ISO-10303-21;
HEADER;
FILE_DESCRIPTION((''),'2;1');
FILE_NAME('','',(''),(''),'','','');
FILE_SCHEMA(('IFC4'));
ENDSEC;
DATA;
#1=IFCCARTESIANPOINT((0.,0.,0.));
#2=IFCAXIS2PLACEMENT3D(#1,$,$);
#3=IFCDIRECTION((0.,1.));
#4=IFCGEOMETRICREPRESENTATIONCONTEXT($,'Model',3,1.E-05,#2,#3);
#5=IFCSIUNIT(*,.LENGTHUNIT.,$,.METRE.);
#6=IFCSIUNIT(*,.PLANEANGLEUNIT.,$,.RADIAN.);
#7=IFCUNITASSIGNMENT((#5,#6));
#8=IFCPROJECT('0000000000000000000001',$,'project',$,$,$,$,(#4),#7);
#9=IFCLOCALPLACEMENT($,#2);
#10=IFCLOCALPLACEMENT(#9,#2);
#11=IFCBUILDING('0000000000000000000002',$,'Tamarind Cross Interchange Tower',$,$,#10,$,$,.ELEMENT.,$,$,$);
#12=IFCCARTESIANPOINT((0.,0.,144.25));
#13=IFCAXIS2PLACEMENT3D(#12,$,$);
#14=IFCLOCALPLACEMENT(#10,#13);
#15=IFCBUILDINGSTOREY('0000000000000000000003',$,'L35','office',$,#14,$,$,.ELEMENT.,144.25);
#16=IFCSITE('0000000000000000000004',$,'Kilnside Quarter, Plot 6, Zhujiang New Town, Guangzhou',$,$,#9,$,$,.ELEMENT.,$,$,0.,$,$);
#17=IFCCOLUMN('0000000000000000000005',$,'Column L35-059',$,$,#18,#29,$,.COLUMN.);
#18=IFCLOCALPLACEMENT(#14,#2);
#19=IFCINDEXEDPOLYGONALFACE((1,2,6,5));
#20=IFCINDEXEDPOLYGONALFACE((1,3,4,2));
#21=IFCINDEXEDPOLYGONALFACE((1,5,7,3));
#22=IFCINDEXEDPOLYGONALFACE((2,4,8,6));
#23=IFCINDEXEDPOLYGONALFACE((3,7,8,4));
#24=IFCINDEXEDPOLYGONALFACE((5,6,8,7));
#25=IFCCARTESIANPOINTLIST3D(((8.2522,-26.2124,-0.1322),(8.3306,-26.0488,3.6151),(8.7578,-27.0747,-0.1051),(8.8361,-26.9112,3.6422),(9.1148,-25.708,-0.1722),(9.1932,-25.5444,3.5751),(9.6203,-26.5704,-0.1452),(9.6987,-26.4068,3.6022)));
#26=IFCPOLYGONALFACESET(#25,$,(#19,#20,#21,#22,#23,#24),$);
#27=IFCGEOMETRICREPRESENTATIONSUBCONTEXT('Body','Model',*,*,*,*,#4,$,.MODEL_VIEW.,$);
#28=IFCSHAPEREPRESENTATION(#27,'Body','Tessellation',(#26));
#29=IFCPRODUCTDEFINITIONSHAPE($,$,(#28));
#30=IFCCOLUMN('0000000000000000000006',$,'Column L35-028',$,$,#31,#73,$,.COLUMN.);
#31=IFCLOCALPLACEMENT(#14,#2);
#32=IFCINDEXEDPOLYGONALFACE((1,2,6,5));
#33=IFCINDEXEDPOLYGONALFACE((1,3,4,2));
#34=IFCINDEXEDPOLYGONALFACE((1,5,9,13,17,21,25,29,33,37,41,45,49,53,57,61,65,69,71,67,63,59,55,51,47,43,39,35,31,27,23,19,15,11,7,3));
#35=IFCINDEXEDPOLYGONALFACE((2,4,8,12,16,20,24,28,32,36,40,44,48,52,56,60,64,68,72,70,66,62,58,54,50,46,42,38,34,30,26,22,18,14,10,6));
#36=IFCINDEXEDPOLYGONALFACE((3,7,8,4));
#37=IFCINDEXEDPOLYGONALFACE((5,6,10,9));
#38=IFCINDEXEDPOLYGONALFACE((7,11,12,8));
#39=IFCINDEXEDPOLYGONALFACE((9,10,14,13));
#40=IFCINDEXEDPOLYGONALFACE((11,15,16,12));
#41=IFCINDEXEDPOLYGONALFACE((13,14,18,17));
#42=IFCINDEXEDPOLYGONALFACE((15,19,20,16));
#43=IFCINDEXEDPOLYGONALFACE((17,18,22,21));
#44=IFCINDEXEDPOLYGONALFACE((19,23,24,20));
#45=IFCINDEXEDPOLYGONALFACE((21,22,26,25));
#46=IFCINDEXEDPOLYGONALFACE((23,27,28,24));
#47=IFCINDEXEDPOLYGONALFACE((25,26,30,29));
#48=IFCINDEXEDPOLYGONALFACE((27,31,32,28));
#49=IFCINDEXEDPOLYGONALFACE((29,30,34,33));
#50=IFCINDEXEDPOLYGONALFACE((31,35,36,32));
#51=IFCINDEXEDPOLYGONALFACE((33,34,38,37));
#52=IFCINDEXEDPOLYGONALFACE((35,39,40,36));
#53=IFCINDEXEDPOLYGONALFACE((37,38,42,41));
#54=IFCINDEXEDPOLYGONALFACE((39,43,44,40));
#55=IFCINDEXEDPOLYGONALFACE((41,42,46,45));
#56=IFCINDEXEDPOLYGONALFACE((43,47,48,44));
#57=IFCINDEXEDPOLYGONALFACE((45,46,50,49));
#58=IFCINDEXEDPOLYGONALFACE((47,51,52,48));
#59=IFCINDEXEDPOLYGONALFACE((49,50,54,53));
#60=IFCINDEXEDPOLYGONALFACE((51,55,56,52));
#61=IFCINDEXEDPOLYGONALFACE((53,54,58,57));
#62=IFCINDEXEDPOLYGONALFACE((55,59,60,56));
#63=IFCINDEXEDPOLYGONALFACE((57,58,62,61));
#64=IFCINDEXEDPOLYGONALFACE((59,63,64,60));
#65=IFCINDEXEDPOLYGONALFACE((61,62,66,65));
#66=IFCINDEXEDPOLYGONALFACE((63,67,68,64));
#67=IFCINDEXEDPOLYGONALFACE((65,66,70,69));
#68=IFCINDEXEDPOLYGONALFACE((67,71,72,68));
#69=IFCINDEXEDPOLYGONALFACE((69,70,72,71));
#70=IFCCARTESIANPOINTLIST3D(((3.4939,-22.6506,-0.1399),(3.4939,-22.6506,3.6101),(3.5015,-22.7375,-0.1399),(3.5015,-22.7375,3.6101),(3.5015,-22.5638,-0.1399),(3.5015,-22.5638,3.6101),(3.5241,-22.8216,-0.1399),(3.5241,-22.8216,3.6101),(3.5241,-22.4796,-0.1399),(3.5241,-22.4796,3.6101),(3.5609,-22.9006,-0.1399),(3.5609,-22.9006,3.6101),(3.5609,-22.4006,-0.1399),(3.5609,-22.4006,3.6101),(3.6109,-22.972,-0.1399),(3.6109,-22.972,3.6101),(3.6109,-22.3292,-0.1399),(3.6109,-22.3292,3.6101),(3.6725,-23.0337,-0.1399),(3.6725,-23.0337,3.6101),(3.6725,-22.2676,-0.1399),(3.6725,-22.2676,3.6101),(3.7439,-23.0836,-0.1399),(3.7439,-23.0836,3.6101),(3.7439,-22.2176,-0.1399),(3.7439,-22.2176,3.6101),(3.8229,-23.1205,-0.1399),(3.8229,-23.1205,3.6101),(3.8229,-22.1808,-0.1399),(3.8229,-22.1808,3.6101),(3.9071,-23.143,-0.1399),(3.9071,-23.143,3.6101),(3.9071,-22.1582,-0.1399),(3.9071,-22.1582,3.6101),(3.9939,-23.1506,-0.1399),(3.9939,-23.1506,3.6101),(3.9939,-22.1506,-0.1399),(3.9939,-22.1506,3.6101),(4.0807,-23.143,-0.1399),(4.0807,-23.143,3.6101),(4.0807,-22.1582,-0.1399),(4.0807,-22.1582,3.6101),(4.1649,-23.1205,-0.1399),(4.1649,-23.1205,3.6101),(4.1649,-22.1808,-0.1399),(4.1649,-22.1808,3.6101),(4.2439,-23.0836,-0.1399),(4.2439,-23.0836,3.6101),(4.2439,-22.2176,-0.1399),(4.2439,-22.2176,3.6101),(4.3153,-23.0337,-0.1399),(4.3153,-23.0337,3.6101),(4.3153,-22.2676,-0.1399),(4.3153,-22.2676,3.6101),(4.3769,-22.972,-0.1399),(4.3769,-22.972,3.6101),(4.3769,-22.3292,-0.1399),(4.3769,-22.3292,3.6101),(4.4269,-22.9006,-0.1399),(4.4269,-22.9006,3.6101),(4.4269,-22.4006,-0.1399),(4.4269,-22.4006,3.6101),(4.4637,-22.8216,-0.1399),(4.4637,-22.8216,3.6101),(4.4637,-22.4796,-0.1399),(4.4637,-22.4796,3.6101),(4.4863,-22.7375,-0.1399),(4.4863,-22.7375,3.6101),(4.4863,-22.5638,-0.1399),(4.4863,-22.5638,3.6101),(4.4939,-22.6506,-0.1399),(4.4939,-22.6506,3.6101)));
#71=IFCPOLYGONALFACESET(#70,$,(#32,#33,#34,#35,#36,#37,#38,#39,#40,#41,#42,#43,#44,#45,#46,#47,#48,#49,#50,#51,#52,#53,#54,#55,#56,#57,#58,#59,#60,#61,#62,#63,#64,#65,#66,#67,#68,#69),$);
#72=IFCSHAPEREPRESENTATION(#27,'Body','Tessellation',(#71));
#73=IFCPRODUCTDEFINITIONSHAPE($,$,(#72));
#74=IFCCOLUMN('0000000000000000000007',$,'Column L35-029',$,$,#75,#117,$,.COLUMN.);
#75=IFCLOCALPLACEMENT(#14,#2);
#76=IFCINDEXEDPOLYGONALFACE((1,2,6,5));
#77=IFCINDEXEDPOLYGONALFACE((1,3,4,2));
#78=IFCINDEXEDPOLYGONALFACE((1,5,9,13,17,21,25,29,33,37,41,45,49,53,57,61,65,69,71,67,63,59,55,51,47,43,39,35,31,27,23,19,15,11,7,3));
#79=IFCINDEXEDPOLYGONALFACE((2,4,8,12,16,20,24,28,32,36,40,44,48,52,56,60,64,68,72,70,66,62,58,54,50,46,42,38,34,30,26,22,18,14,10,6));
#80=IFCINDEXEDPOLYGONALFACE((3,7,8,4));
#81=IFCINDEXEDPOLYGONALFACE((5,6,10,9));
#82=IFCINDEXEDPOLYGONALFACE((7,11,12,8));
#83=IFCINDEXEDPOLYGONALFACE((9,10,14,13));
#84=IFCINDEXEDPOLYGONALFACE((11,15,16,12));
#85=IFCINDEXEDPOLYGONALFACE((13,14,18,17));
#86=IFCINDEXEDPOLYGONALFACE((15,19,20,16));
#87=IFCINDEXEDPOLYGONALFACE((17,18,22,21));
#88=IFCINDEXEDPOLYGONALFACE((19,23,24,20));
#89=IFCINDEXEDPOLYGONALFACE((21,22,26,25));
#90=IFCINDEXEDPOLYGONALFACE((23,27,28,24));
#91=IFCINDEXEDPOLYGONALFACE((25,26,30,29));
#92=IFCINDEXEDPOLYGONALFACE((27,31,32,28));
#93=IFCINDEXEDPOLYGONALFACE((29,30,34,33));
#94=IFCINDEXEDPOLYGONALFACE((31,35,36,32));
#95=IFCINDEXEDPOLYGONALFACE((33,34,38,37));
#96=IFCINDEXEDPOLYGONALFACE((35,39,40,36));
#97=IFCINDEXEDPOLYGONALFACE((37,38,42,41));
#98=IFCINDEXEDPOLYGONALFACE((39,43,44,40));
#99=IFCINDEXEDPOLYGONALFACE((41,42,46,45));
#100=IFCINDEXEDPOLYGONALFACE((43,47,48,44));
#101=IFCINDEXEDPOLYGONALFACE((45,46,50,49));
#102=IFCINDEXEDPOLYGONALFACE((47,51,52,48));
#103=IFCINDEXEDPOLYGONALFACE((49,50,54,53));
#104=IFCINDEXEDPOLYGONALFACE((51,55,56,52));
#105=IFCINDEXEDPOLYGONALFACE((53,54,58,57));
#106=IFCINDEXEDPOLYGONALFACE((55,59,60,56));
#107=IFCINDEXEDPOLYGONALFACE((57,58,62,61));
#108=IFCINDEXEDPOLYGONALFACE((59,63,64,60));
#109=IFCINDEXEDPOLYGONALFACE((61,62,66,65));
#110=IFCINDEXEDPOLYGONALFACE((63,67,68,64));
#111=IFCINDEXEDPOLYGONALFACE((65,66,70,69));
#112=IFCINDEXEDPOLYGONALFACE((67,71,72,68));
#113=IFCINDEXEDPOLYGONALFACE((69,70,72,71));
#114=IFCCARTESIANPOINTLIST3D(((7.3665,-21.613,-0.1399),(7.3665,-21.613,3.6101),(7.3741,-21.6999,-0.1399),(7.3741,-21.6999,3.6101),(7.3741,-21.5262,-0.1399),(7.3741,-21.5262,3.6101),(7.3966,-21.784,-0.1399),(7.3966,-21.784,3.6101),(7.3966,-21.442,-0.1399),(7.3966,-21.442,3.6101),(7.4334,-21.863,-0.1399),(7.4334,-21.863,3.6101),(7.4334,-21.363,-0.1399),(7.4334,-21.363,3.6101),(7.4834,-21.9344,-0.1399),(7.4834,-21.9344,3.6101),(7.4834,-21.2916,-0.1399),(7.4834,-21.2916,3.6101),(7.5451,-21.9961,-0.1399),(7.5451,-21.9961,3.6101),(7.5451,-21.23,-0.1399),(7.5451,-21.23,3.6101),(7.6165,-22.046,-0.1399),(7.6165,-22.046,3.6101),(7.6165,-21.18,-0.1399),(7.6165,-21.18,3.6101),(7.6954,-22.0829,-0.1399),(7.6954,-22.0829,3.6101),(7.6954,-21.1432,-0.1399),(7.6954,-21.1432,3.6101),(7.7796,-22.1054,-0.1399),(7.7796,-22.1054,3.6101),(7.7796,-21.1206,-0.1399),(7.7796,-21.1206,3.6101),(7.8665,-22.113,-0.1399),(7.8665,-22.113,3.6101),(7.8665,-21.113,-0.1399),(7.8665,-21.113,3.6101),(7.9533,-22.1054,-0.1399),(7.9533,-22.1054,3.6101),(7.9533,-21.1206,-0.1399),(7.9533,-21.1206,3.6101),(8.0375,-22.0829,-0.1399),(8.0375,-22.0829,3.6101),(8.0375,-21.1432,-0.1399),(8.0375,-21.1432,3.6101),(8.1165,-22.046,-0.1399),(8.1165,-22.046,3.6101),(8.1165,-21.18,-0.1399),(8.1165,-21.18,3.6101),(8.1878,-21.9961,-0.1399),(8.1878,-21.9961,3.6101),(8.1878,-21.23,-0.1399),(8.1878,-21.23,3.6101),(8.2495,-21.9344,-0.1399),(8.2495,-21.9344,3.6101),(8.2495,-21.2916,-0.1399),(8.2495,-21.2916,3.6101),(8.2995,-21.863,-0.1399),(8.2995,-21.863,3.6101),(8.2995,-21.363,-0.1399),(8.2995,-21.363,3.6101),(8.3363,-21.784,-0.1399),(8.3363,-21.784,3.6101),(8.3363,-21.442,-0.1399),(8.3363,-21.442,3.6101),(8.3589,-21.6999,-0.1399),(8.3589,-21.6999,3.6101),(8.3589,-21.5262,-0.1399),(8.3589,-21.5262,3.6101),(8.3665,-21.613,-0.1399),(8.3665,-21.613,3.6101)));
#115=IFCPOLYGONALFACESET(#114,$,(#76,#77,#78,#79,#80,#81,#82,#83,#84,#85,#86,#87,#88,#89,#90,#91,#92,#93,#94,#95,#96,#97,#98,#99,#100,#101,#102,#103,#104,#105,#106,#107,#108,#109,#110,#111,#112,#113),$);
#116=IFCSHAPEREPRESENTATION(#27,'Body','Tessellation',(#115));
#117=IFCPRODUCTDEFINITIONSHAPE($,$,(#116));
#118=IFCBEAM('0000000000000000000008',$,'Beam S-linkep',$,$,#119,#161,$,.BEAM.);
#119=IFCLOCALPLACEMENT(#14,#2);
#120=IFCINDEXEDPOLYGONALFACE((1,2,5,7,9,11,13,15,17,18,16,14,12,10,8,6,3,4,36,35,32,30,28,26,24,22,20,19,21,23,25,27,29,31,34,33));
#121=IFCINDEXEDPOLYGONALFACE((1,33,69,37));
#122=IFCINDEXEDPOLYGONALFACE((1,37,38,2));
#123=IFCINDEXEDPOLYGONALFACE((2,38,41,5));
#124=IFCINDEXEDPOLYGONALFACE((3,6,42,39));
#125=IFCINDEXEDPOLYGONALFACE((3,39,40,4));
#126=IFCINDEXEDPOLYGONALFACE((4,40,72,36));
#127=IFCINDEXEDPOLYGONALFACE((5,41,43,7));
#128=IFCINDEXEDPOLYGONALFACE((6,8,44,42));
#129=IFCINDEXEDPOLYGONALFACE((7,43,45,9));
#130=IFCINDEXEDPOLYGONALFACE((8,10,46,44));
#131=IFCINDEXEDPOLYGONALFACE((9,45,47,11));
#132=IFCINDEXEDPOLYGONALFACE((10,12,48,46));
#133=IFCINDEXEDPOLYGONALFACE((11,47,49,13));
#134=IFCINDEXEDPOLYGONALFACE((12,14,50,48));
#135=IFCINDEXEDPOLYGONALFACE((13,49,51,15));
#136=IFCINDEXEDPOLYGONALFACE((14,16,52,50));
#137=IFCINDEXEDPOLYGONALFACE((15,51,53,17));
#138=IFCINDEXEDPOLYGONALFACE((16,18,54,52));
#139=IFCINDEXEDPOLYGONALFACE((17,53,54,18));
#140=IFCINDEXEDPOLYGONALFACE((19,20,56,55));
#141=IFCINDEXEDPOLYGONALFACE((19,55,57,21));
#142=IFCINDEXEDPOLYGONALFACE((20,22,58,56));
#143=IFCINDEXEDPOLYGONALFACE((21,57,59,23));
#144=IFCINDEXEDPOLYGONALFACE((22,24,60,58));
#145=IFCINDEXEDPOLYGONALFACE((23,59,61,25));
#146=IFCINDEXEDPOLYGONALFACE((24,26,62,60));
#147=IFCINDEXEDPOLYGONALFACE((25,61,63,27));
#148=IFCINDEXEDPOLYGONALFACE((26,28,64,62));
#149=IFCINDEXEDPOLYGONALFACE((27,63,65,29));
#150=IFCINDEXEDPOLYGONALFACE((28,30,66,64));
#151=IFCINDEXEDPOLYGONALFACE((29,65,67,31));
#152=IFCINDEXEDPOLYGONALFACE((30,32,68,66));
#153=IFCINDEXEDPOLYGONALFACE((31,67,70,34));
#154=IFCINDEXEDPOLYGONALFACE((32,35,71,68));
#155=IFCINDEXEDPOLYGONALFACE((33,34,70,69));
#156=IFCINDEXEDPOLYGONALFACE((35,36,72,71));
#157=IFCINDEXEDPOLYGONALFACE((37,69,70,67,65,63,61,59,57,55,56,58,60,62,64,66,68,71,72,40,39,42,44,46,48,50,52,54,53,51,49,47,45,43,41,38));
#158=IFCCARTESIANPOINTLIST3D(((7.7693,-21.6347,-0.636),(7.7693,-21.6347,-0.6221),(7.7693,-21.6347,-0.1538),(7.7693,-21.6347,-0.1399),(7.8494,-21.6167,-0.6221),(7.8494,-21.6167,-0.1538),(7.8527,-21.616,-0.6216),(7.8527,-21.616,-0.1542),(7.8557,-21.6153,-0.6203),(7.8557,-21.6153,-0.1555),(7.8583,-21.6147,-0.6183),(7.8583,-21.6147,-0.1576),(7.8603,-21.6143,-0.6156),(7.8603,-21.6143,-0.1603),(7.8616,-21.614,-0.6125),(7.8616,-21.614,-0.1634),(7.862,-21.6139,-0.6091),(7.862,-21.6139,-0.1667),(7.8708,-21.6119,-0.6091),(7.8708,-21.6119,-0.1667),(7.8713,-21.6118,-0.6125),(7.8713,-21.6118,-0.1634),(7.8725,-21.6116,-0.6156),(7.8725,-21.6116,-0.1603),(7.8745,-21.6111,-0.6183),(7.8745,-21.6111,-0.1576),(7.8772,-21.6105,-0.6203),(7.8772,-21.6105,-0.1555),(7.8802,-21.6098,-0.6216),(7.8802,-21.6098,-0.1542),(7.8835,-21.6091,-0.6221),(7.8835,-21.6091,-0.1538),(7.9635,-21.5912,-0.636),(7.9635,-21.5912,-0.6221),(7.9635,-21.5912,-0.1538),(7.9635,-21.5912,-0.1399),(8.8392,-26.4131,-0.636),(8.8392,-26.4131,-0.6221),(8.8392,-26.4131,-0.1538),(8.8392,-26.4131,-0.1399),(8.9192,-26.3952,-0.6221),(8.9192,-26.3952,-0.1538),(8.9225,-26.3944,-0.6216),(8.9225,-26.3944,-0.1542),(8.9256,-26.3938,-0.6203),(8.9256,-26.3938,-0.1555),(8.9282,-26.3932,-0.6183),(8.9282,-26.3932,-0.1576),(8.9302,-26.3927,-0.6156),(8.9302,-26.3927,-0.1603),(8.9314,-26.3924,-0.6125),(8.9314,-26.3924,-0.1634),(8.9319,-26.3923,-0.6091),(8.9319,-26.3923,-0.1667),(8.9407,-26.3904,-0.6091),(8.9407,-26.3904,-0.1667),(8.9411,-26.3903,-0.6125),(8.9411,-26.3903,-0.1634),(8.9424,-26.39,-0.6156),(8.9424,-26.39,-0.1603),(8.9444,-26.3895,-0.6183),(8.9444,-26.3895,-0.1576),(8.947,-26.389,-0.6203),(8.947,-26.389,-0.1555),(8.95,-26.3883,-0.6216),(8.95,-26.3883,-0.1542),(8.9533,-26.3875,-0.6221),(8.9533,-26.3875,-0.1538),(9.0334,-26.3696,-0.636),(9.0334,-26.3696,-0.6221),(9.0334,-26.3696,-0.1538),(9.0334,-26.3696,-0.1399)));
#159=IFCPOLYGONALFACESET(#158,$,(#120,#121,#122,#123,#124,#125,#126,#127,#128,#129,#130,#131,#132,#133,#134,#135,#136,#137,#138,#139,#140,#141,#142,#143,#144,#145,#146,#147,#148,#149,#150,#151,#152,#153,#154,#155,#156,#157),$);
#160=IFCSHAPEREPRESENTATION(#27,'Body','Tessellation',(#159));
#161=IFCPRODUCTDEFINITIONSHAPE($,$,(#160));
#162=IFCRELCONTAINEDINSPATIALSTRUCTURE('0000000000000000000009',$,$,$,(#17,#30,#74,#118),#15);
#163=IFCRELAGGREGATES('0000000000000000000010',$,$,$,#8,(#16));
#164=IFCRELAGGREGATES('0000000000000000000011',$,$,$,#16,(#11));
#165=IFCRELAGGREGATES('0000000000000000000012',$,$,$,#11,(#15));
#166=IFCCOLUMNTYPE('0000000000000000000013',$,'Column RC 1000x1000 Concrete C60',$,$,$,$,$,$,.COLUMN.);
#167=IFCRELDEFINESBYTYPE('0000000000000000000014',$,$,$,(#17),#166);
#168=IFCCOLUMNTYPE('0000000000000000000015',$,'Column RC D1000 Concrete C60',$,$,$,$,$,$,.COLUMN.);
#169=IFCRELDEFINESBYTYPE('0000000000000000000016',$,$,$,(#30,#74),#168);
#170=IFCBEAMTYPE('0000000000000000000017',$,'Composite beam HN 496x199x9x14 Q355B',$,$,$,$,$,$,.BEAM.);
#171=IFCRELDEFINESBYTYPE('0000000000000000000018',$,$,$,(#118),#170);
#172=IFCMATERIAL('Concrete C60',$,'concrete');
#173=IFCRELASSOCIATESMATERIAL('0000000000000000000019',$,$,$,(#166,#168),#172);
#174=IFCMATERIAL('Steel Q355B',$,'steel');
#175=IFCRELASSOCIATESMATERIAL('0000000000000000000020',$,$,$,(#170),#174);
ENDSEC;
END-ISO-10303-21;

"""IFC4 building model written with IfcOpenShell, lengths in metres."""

from ifc_helpers import new_model, si_unit, direction, frame, origin, origin_2d, place, context, subcontext, project, spatial, rectangle, circle, i_section, extrude, material, material_profile, profile_set, type_object, element, save


model = new_model("IFC4")

# Units and contexts
model_context = context("Model", 3, precision=1e-05, world=origin(), true_north=direction((0.0, 1.0)))
body_context = subcontext(model_context, "Body", "Model", "MODEL_VIEW")
ifc_project = project(units=[si_unit("LENGTHUNIT", "METRE"), si_unit("PLANEANGLEUNIT", "RADIAN")], contexts=[model_context])

# Site, building, storey
site_placement = place(None, origin())
site = spatial("IfcSite", under=ifc_project, at=site_placement, Name="Kilnside Quarter, Plot 6, Zhujiang New Town, Guangzhou", CompositionType="ELEMENT", RefElevation=0.0)
building_placement = place(site_placement, origin())
building = spatial("IfcBuilding", under=site, at=building_placement, Name="Tamarind Cross Interchange Tower", CompositionType="ELEMENT")
storey_placement = place(building_placement, frame((0.0, 0.0, 144.25)))
storey = spatial("IfcBuildingStorey", under=building, at=storey_placement, Name="L35", Description="office", CompositionType="ELEMENT", Elevation=144.25)

# Columns
ifc_material_1 = material(Name="Concrete C60", Category="concrete")
ifc_material_profile_1 = material_profile(ifc_material_1, rectangle(XDim=1.0, YDim=1.0, at=origin_2d()), Name="RC 1000x1000")
ifc_profile_set_1 = profile_set([ifc_material_profile_1], Name="Concrete C60")
column_type_1 = type_object("IfcColumnType", Name="Column RC 1000x1000 Concrete C60", PredefinedType="COLUMN", material=ifc_profile_set_1)
column_placement = place(storey_placement, frame((8.9363, -26.3914, -0.1387), z_axis=(0.020889, 0.0436, 0.998831), x_axis=(-0.862555, -0.504375, 0.040055)))
element("IfcColumn", 1, at=column_placement, inside=storey, type_object=column_type_1, Name="Column L35-059", PredefinedType="COLUMN", context=body_context, shape_type="SweptSolid", body=[
    extrude(rectangle(XDim=1.0, YDim=1.0, at=origin_2d()), origin(), (0.0, 0.0, 1.0), 3.7517),
])
ifc_material_profile_2 = material_profile(ifc_material_1, circle(Radius=0.5, at=origin_2d()), Name="RC D1000")
ifc_profile_set_2 = profile_set([ifc_material_profile_2], Name="Concrete C60")
column_type_2 = type_object("IfcColumnType", Name="Column RC D1000 Concrete C60", PredefinedType="COLUMN", material=ifc_profile_set_2)
for number, where, z_axis, x_axis, name in (
    (2, (3.9939, -22.6506, -0.1399), (0.0, 0.0, 1.0), (1.0, 0.0, 0.0), "Column L35-028"),
    (3, (7.8665, -21.613, -0.1399), (0.0, 0.0, 1.0), (1.0, 0.0, 0.0), "Column L35-029"),
):
    element("IfcColumn", number, at=place(storey_placement, frame(where, z_axis=z_axis, x_axis=x_axis)), inside=storey, type_object=column_type_2, Name=name, PredefinedType="COLUMN", context=body_context, shape_type="SweptSolid", body=[
        extrude(circle(Radius=0.5, at=origin_2d()), origin(), (0.0, 0.0, 1.0), 3.75),
    ])

# Beam
ifc_material_2 = material(Name="Steel Q355B", Category="steel")
ifc_material_profile_3 = material_profile(ifc_material_2, i_section(OverallWidth=0.199, OverallDepth=0.4961, WebThickness=0.009, FlangeThickness=0.0139, FilletRadius=0.0129, at=origin_2d()), Name="HN 496x199x9x14")
ifc_profile_set_3 = profile_set([ifc_material_profile_3], Name="Steel Q355B")
beam_type_1 = type_object("IfcBeamType", Name="Composite beam HN 496x199x9x14 Q355B", PredefinedType="BEAM", material=ifc_profile_set_3)
beam_1_placement = place(storey_placement, frame((8.9363, -26.3914, -0.3879), z_axis=(-0.218482, 0.975841, 0.0), x_axis=(-0.975841, -0.218482, 0.0)))
element("IfcBeam", 4, at=beam_1_placement, inside=storey, type_object=beam_type_1, Name="Beam S-linkep", PredefinedType="BEAM", context=body_context, shape_type="SweptSolid", body=[
    extrude(i_section(OverallWidth=0.199, OverallDepth=0.4961, WebThickness=0.009, FlangeThickness=0.0139, FilletRadius=0.0129, at=origin_2d()), origin(), (0.0, 0.0, 1.0), 4.8967),
])

save(model, "model.ifc")
